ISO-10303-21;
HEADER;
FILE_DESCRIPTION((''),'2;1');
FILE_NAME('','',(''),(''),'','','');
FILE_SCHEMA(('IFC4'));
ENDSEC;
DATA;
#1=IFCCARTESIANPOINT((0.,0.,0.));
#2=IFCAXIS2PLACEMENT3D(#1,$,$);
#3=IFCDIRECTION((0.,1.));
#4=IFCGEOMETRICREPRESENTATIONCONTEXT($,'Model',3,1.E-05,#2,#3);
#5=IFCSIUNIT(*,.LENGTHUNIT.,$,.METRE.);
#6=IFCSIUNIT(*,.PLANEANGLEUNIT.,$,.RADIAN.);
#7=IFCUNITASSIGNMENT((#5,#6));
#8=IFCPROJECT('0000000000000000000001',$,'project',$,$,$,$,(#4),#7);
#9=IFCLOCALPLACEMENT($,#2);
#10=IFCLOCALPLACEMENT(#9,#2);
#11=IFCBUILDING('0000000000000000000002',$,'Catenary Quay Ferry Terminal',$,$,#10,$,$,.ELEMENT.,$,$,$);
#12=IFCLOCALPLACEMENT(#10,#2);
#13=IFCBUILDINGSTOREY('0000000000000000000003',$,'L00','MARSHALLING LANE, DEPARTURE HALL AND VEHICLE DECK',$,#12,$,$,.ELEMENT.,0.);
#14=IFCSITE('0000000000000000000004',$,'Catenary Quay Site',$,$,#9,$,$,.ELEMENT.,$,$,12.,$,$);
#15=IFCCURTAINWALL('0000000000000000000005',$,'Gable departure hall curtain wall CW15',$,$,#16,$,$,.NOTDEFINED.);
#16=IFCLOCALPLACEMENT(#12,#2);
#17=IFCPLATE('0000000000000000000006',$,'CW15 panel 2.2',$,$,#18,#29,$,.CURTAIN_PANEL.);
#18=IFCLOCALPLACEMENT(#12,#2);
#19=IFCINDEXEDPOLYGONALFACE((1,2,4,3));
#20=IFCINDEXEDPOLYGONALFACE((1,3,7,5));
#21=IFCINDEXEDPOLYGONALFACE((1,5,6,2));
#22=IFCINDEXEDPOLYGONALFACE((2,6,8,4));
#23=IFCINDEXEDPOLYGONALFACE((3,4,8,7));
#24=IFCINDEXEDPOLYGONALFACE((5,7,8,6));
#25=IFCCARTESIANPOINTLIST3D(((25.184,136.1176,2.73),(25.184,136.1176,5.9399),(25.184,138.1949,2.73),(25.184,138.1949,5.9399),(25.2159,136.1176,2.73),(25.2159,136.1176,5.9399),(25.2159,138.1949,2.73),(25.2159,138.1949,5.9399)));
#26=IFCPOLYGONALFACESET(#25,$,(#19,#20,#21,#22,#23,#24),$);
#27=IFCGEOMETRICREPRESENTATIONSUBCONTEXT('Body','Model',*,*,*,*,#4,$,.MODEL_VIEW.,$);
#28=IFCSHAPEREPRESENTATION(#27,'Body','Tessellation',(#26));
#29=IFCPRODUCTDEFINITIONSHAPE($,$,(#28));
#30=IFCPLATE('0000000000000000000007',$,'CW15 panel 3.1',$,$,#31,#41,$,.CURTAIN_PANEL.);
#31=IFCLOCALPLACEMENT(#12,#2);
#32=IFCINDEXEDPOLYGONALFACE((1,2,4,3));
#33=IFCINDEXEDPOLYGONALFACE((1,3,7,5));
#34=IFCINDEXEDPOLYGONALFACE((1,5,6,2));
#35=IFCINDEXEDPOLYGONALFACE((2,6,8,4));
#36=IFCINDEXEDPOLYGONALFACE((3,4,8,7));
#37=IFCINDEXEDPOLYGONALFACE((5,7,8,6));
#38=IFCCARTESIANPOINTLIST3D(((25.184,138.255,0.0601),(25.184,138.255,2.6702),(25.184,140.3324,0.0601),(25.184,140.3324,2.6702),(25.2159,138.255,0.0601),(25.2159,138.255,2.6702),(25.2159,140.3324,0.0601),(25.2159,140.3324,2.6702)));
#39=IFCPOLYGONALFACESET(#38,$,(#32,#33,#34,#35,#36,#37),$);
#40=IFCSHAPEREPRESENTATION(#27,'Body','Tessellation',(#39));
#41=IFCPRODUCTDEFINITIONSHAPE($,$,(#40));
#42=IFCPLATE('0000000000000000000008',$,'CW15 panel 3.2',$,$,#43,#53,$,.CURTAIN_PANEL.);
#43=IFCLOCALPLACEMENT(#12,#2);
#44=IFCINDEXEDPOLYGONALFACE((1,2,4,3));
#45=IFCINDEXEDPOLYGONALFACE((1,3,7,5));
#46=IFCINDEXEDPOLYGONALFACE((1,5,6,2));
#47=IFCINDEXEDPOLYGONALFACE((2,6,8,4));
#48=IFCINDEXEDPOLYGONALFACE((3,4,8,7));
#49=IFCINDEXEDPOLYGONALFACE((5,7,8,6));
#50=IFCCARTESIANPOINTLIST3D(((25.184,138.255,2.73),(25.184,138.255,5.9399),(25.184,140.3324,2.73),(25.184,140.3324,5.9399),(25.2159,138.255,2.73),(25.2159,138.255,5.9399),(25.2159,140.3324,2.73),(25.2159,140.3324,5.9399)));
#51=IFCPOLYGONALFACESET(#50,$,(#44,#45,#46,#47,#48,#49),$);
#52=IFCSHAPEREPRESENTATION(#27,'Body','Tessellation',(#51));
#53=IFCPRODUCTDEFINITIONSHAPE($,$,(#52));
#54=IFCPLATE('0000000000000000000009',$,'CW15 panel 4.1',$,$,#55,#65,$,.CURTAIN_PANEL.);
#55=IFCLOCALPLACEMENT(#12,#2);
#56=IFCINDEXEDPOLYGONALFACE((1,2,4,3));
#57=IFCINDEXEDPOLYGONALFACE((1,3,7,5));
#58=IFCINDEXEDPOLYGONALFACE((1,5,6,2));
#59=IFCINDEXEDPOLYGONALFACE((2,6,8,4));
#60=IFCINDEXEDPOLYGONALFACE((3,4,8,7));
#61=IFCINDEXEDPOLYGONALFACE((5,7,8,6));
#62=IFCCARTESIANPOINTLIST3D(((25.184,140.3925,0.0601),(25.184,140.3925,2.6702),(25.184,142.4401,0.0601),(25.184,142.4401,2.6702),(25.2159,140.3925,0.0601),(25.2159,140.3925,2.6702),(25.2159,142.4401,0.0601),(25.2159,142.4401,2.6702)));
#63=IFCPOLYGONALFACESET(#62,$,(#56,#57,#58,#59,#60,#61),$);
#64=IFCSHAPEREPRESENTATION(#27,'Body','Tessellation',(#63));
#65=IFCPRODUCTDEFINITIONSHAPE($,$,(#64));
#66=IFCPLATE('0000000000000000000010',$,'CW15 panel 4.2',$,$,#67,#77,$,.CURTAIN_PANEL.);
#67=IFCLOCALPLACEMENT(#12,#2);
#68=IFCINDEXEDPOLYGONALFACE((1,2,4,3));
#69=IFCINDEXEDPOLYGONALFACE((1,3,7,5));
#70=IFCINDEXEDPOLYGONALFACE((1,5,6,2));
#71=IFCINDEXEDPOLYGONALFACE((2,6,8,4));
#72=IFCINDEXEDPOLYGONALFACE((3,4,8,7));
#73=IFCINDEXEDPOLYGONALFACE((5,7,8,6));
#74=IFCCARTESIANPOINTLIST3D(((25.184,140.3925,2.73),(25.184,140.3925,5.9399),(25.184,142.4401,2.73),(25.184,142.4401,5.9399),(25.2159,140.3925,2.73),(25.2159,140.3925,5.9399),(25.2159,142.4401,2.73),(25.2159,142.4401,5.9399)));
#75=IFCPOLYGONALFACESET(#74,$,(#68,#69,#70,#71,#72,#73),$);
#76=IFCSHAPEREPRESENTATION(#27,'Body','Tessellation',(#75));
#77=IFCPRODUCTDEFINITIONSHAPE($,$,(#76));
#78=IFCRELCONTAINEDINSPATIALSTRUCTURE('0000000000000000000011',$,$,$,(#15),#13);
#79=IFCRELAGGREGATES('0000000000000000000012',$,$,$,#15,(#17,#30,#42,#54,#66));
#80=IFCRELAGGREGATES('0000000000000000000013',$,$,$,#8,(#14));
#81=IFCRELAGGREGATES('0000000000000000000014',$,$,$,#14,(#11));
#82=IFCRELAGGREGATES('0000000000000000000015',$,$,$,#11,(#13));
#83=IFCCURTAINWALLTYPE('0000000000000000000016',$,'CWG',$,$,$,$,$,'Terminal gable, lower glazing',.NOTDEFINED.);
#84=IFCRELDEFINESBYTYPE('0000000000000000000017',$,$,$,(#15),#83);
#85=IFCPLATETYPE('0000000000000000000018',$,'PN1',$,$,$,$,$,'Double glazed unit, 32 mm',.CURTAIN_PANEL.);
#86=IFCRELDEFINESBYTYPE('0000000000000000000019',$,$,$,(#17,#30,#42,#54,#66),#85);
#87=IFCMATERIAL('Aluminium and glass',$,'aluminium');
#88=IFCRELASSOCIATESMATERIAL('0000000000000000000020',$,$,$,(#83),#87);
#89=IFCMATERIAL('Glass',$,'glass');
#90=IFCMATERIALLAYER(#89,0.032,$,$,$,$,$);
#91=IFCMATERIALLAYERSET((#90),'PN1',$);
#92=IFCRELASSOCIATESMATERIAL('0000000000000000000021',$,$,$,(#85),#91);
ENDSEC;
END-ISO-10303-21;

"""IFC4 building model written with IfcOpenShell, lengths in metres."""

from ifc_helpers import new_model, si_unit, direction, frame, origin, origin_2d, place, context, subcontext, project, spatial, rectangle, extrude, material, layer, layer_set, type_object, element, aggregate, save


model = new_model("IFC4")

# Units and contexts
model_context = context("Model", 3, precision=1e-05, world=origin(), true_north=direction((0.0, 1.0)))
body_context = subcontext(model_context, "Body", "Model", "MODEL_VIEW")
ifc_project = project(units=[si_unit("LENGTHUNIT", "METRE"), si_unit("PLANEANGLEUNIT", "RADIAN")], contexts=[model_context])

# Site, building, storey
site_placement = place(None, origin())
site = spatial("IfcSite", under=ifc_project, at=site_placement, Name="Catenary Quay Site", CompositionType="ELEMENT", RefElevation=12.0)
building_placement = place(site_placement, origin())
building = spatial("IfcBuilding", under=site, at=building_placement, Name="Catenary Quay Ferry Terminal", CompositionType="ELEMENT")
storey_placement = place(building_placement, origin())
storey = spatial("IfcBuildingStorey", under=building, at=storey_placement, Name="L00", Description="MARSHALLING LANE, DEPARTURE HALL AND VEHICLE DECK", CompositionType="ELEMENT", Elevation=0.0)

# Curtain wall, plates
ifc_material_1 = material(Name="Aluminium and glass", Category="aluminium")
curtain_wall_type = type_object("IfcCurtainWallType", Name="CWG", ElementType="Terminal gable, lower glazing", PredefinedType="NOTDEFINED", material=ifc_material_1)
curtain_wall_placement = place(storey_placement, origin())
curtain_wall = element("IfcCurtainWall", 1, at=curtain_wall_placement, inside=storey, type_object=curtain_wall_type, Name="Gable departure hall curtain wall CW15", PredefinedType="NOTDEFINED")
ifc_material_2 = material(Name="Glass", Category="glass")
ifc_layer = layer(ifc_material_2, 0.032)
ifc_layer_set = layer_set([ifc_layer], Name="PN1")
plate_type = type_object("IfcPlateType", Name="PN1", ElementType="Double glazed unit, 32 mm", PredefinedType="CURTAIN_PANEL", material=ifc_layer_set)
plate_1_placement = place(storey_placement, frame((25.2, 137.1562, 2.73), z_axis=(0.0, 0.0, 1.0), x_axis=(0.0, 1.0, 0.0)))
plate_1 = element("IfcPlate", 2, at=plate_1_placement, type_object=plate_type, Name="CW15 panel 2.2", PredefinedType="CURTAIN_PANEL", context=body_context, shape_type="SweptSolid", body=[
    extrude(rectangle(XDim=2.0774, YDim=0.032, at=origin_2d()), origin(), (0.0, 0.0, 1.0), 3.21),
])
plate_2_placement = place(storey_placement, frame((25.2, 139.2937, 0.0601), z_axis=(0.0, 0.0, 1.0), x_axis=(0.0, 1.0, 0.0)))
plate_2 = element("IfcPlate", 3, at=plate_2_placement, type_object=plate_type, Name="CW15 panel 3.1", PredefinedType="CURTAIN_PANEL", context=body_context, shape_type="SweptSolid", body=[
    extrude(rectangle(XDim=2.0774, YDim=0.032, at=origin_2d()), origin(), (0.0, 0.0, 1.0), 2.6101),
])
plate_3_placement = place(storey_placement, frame((25.2, 139.2937, 2.73), z_axis=(0.0, 0.0, 1.0), x_axis=(0.0, 1.0, 0.0)))
plate_3 = element("IfcPlate", 4, at=plate_3_placement, type_object=plate_type, Name="CW15 panel 3.2", PredefinedType="CURTAIN_PANEL", context=body_context, shape_type="SweptSolid", body=[
    extrude(rectangle(XDim=2.0774, YDim=0.032, at=origin_2d()), origin(), (0.0, 0.0, 1.0), 3.21),
])
plate_4_placement = place(storey_placement, frame((25.2, 141.4163, 0.0601), z_axis=(0.0, 0.0, 1.0), x_axis=(0.0, 1.0, 0.0)))
plate_4 = element("IfcPlate", 5, at=plate_4_placement, type_object=plate_type, Name="CW15 panel 4.1", PredefinedType="CURTAIN_PANEL", context=body_context, shape_type="SweptSolid", body=[
    extrude(rectangle(XDim=2.0476, YDim=0.032, at=origin_2d()), origin(), (0.0, 0.0, 1.0), 2.6101),
])
plate_5_placement = place(storey_placement, frame((25.2, 141.4163, 2.73), z_axis=(0.0, 0.0, 1.0), x_axis=(0.0, 1.0, 0.0)))
plate_5 = element("IfcPlate", 6, at=plate_5_placement, type_object=plate_type, Name="CW15 panel 4.2", PredefinedType="CURTAIN_PANEL", context=body_context, shape_type="SweptSolid", body=[
    extrude(rectangle(XDim=2.0476, YDim=0.032, at=origin_2d()), origin(), (0.0, 0.0, 1.0), 3.21),
])
aggregate(curtain_wall, [plate_1, plate_2, plate_3, plate_4, plate_5])

save(model, "model.ifc")
